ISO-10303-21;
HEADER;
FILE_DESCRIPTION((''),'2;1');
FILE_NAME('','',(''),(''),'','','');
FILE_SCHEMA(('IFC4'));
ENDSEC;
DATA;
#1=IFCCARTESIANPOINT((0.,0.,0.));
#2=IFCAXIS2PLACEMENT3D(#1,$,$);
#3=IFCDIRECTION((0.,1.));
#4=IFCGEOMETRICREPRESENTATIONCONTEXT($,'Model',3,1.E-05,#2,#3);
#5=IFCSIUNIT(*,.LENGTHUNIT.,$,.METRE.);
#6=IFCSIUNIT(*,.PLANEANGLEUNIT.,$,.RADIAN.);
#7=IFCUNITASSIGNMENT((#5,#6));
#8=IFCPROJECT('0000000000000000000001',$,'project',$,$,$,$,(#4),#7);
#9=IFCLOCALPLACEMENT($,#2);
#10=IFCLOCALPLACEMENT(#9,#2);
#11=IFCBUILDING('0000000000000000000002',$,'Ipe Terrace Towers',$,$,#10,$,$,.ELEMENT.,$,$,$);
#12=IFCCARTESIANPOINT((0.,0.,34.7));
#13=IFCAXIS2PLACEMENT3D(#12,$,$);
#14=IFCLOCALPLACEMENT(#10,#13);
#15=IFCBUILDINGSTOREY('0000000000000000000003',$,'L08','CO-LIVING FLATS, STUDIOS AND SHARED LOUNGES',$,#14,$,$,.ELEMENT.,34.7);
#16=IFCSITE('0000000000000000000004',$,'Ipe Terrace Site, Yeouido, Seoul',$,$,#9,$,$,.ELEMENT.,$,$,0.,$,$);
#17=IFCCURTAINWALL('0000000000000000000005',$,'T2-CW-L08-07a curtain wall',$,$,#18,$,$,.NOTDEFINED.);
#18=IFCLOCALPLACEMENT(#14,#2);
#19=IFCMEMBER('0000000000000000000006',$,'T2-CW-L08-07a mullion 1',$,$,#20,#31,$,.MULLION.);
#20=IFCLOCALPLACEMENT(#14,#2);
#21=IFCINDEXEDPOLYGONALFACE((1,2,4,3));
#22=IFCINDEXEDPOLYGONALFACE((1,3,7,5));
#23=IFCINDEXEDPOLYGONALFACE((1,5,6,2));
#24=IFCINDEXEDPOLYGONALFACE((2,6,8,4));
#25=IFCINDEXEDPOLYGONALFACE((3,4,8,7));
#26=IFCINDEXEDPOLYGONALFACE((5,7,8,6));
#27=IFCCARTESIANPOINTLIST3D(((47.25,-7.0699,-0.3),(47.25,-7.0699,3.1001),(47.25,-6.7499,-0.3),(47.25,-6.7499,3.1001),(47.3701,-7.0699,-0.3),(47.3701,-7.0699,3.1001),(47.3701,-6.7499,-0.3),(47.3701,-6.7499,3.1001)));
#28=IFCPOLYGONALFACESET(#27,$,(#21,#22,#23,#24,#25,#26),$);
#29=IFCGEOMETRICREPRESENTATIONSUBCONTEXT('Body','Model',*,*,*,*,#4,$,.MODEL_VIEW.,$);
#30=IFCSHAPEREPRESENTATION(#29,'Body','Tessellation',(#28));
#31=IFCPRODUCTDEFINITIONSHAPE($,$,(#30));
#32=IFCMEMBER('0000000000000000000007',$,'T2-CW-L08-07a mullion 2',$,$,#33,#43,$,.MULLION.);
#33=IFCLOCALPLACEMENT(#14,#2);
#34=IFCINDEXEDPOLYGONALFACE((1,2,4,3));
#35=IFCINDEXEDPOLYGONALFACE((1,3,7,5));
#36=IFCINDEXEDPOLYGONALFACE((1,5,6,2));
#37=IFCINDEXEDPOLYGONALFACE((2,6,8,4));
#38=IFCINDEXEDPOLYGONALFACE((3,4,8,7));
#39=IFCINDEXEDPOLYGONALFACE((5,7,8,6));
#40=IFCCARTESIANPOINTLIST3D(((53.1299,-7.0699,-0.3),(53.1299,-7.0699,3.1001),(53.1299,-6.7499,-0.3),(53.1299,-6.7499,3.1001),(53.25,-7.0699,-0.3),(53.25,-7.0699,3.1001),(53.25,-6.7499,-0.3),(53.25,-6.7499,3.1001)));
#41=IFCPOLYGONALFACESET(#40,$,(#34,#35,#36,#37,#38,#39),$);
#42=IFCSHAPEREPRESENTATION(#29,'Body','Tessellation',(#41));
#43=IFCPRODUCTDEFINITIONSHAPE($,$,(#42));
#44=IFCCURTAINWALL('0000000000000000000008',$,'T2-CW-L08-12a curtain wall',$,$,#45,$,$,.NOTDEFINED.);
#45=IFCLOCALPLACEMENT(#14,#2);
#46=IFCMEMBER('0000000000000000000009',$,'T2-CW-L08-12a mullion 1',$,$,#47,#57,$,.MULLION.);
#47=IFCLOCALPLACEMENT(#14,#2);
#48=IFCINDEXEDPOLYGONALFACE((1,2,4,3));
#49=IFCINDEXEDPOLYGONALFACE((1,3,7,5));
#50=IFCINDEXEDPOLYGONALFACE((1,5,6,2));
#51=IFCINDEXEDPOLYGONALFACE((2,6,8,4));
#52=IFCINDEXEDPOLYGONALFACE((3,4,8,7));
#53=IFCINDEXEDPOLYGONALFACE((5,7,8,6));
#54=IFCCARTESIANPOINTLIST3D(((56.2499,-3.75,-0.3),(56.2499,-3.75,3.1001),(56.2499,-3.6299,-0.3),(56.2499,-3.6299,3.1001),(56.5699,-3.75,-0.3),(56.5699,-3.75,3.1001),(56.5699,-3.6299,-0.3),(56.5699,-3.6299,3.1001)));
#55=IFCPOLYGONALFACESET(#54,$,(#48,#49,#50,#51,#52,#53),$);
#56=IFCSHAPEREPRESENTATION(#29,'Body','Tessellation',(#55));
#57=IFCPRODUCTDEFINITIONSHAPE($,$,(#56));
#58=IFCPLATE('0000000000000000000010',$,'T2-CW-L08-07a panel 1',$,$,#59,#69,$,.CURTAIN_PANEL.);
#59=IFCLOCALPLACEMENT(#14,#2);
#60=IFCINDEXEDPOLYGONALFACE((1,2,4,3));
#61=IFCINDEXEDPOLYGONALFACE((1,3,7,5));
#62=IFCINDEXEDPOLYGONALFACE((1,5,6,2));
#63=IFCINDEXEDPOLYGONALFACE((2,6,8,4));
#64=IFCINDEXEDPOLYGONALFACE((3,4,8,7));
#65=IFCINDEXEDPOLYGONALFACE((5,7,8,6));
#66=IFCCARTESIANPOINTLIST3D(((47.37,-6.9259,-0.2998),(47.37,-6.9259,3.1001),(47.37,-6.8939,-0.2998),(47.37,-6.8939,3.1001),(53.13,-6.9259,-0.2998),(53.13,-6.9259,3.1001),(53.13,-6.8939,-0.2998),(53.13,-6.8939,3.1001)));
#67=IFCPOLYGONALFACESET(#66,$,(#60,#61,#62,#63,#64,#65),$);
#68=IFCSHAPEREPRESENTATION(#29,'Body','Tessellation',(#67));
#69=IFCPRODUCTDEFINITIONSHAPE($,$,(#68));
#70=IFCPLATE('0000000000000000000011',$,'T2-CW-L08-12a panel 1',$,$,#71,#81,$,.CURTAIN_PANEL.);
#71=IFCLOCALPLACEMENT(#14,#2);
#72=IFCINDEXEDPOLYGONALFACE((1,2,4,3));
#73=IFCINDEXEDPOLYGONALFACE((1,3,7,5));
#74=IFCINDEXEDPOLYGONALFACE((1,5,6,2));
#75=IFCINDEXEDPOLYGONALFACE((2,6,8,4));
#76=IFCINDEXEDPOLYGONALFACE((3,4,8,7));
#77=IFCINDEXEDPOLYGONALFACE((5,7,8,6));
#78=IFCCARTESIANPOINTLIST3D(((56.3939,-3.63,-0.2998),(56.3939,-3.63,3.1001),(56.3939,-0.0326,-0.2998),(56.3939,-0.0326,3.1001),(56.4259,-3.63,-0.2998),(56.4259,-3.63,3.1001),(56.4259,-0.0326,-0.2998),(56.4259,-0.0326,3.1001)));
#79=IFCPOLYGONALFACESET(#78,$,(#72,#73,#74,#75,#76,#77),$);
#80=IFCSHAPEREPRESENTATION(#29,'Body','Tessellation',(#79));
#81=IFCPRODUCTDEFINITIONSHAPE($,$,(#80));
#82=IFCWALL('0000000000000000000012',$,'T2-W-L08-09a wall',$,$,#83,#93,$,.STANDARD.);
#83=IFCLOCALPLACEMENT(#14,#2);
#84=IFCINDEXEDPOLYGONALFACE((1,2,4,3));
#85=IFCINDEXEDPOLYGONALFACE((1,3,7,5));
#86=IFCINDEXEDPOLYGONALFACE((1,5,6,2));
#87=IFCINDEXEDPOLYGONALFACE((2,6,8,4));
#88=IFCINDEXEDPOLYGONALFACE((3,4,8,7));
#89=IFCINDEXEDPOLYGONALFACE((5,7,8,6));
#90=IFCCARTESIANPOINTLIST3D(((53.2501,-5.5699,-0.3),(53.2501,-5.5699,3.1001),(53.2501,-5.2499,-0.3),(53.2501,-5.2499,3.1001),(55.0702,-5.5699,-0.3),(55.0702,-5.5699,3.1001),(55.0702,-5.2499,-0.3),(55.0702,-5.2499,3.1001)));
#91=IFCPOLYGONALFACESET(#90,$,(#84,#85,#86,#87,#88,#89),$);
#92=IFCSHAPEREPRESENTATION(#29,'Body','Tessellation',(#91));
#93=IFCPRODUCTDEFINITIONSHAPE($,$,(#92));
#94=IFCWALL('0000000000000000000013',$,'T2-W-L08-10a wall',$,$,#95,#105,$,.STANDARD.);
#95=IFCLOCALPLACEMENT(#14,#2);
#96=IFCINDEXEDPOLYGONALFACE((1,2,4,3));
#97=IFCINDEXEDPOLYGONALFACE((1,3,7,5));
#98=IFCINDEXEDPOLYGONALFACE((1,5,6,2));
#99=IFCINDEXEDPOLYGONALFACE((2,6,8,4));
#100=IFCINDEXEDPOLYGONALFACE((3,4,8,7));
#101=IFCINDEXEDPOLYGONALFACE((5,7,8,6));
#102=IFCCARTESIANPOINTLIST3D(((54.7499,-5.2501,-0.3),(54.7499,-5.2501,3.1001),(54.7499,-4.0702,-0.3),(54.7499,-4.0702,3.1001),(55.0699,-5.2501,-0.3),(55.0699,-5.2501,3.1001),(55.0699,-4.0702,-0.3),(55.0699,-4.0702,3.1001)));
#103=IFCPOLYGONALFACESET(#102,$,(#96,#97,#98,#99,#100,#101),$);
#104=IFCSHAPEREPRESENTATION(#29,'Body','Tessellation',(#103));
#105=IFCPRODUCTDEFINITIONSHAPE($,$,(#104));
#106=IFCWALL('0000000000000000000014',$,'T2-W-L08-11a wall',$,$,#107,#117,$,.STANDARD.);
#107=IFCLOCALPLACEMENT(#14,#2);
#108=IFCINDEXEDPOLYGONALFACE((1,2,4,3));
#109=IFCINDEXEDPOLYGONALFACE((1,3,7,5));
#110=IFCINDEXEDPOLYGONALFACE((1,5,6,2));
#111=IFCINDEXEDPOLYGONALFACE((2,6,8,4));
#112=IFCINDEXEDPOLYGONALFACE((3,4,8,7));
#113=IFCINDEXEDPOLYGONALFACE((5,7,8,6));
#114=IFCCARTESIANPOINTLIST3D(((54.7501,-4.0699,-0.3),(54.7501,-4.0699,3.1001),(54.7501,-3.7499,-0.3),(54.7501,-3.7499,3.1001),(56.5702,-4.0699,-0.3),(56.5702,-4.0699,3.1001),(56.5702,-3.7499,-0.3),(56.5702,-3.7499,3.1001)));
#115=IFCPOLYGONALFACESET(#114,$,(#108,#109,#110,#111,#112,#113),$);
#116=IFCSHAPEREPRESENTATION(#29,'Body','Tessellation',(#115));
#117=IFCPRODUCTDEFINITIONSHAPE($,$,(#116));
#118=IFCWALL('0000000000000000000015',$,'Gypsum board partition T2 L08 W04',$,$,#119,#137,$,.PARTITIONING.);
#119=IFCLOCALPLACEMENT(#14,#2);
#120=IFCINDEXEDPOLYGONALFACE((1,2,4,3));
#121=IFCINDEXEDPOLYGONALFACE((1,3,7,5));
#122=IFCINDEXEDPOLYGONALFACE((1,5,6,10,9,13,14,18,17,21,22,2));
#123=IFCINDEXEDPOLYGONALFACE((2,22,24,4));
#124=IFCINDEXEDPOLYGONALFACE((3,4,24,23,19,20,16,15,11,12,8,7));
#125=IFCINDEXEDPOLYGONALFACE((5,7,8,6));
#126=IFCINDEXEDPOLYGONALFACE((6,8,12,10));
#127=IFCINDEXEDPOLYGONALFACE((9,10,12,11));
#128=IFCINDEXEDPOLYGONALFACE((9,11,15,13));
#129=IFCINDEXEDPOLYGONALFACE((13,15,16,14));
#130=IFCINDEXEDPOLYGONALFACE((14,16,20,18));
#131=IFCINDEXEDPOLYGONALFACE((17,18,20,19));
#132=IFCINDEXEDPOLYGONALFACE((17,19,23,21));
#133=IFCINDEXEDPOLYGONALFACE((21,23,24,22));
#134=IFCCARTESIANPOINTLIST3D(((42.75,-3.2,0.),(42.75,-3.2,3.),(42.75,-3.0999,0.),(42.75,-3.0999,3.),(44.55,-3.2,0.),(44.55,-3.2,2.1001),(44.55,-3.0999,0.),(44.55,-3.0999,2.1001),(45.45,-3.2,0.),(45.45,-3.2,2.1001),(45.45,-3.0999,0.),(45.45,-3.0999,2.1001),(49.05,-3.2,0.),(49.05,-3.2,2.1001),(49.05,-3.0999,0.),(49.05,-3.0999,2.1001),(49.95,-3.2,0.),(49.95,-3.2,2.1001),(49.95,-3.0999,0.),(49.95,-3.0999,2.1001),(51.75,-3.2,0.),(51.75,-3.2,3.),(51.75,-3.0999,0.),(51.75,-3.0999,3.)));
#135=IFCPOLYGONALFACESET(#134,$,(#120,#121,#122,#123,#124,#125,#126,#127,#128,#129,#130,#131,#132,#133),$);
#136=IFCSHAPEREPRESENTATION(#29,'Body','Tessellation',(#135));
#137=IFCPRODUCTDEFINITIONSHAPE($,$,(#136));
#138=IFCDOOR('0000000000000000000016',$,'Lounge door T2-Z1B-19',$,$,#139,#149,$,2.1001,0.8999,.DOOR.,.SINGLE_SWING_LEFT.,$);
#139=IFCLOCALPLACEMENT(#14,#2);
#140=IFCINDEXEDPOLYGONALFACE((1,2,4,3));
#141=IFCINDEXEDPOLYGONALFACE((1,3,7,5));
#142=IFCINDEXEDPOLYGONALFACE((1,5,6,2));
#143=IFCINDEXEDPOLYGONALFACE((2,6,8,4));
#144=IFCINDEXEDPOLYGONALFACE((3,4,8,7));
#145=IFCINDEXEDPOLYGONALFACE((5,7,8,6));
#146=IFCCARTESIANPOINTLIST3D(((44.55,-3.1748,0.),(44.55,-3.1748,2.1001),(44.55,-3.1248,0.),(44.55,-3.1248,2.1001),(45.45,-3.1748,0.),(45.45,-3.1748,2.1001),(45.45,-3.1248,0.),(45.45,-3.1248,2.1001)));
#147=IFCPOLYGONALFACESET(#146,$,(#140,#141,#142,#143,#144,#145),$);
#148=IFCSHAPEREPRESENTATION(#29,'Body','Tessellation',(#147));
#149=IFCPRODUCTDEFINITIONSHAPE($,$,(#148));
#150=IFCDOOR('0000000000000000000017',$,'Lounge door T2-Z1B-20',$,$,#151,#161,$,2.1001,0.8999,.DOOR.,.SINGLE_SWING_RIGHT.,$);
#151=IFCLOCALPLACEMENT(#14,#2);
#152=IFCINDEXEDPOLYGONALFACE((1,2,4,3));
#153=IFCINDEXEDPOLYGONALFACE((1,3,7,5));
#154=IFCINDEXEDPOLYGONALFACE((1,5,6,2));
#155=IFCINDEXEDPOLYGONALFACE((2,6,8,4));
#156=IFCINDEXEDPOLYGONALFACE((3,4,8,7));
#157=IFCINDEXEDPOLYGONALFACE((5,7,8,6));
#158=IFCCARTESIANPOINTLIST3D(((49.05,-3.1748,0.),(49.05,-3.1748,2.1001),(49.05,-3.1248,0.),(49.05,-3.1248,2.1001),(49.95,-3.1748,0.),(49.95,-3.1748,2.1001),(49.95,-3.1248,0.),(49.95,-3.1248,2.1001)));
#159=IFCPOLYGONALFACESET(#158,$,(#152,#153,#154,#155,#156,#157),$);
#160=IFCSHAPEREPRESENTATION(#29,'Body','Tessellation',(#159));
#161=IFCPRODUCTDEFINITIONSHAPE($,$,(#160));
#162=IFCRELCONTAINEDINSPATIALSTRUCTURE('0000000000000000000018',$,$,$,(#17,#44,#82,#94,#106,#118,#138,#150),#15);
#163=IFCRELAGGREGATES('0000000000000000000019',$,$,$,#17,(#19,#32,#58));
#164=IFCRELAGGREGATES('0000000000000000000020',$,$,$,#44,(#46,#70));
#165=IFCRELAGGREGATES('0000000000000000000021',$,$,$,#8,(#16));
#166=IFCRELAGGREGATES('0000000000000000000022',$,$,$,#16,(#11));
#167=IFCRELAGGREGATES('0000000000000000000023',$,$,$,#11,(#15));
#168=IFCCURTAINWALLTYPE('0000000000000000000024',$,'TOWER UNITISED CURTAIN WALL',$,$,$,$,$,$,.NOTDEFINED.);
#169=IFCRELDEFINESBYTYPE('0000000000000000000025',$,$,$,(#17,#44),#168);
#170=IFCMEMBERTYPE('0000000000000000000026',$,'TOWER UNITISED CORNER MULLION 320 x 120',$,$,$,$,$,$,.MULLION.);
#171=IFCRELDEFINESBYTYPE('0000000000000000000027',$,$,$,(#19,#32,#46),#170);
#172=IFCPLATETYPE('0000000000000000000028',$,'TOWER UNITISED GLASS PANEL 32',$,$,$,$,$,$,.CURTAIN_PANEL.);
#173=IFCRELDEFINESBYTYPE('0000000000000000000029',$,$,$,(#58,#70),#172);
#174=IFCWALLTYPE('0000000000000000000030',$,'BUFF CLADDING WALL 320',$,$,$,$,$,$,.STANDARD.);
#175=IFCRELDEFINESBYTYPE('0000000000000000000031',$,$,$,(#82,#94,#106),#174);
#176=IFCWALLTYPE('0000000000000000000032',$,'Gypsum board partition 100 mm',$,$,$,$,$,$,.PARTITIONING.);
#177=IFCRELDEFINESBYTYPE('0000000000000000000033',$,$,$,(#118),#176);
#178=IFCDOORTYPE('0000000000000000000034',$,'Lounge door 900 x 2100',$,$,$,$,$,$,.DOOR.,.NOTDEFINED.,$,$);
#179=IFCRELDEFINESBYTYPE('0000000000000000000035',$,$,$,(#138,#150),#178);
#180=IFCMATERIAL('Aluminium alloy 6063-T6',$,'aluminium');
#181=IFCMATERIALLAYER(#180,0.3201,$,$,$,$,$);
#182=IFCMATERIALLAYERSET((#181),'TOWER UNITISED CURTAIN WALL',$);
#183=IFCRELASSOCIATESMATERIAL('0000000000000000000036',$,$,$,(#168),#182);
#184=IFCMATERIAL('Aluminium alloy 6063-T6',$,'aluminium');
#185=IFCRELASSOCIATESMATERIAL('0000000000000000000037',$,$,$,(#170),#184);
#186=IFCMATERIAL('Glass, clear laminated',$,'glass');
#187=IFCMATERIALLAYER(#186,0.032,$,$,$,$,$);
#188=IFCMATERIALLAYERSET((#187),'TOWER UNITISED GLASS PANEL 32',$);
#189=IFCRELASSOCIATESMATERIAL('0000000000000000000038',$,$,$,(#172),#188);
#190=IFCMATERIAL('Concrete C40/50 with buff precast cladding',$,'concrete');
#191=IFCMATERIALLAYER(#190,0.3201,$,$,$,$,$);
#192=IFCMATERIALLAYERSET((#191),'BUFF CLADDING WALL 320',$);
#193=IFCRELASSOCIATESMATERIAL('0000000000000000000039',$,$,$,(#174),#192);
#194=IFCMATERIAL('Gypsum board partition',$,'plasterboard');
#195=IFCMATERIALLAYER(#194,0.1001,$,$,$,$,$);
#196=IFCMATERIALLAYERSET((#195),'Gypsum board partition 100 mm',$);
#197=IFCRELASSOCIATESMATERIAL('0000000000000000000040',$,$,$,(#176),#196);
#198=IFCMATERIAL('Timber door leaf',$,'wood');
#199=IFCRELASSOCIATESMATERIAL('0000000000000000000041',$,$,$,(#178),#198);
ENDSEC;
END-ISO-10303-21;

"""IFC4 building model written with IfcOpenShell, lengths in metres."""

from ifc_helpers import new_model, si_unit, direction, frame, frame_2d, origin, origin_2d, place, context, subcontext, project, spatial, rectangle, extrude, material, layer, layer_set, material_profile, profile_set, type_object, element, fill, aggregate, save


model = new_model("IFC4")

# Units and contexts
model_context = context("Model", 3, precision=1e-05, world=origin(), true_north=direction((0.0, 1.0)))
body_context = subcontext(model_context, "Body", "Model", "MODEL_VIEW")
ifc_project = project(units=[si_unit("LENGTHUNIT", "METRE"), si_unit("PLANEANGLEUNIT", "RADIAN")], contexts=[model_context])

# Site, building, storey
site_placement = place(None, origin())
site = spatial("IfcSite", under=ifc_project, at=site_placement, Name="Ipe Terrace Site, Yeouido, Seoul", CompositionType="ELEMENT", RefElevation=0.0)
building_placement = place(site_placement, origin())
building = spatial("IfcBuilding", under=site, at=building_placement, Name="Ipe Terrace Towers", CompositionType="ELEMENT")
storey_placement = place(building_placement, frame((0.0, 0.0, 34.7)))
storey = spatial("IfcBuildingStorey", under=building, at=storey_placement, Name="L08", Description="CO-LIVING FLATS, STUDIOS AND SHARED LOUNGES", CompositionType="ELEMENT", Elevation=34.7)

# Curtain wall, members
ifc_material_1 = material(Name="Aluminium alloy 6063-T6", Category="aluminium")
ifc_layer_1 = layer(ifc_material_1, 0.3201)
ifc_layer_set_1 = layer_set([ifc_layer_1], Name="TOWER UNITISED CURTAIN WALL")
curtain_wall_type = type_object("IfcCurtainWallType", Name="TOWER UNITISED CURTAIN WALL", PredefinedType="NOTDEFINED", material=ifc_layer_set_1)
curtain_wall_1_placement = place(storey_placement, origin())
curtain_wall_1 = element("IfcCurtainWall", 1, at=curtain_wall_1_placement, inside=storey, type_object=curtain_wall_type, Name="T2-CW-L08-07a curtain wall", PredefinedType="NOTDEFINED")
ifc_material_2 = material(Name="Aluminium alloy 6063-T6", Category="aluminium")
ifc_material_profile_1 = material_profile(ifc_material_2, rectangle(XDim=0.3201, YDim=0.1201, at=origin_2d()), Name="TOWER UNITISED CORNER MULLION 320 x 120")
ifc_profile_set_1 = profile_set([ifc_material_profile_1], Name="Aluminium alloy 6063-T6")
member_type = type_object("IfcMemberType", Name="TOWER UNITISED CORNER MULLION 320 x 120", PredefinedType="MULLION", material=ifc_profile_set_1)
member_1_placement = place(storey_placement, frame((47.3101, -6.9099, -0.3), z_axis=(0.0, 0.0, 1.0), x_axis=(0.0, -1.0, 0.0)))
member_1 = element("IfcMember", 2, at=member_1_placement, type_object=member_type, Name="T2-CW-L08-07a mullion 1", PredefinedType="MULLION", context=body_context, shape_type="SweptSolid", body=[
    extrude(rectangle(XDim=0.3201, YDim=0.1201, at=origin_2d()), origin(), (0.0, 0.0, 1.0), 3.4001),
])
member_2_placement = place(storey_placement, frame((53.1899, -6.9099, -0.3), z_axis=(0.0, 0.0, 1.0), x_axis=(0.0, -1.0, 0.0)))
member_2 = element("IfcMember", 3, at=member_2_placement, type_object=member_type, Name="T2-CW-L08-07a mullion 2", PredefinedType="MULLION", context=body_context, shape_type="SweptSolid", body=[
    extrude(rectangle(XDim=0.3201, YDim=0.1201, at=origin_2d()), origin(), (0.0, 0.0, 1.0), 3.4001),
])

# Curtain wall, member
curtain_wall_2_placement = place(storey_placement, origin())
curtain_wall_2 = element("IfcCurtainWall", 4, at=curtain_wall_2_placement, inside=storey, type_object=curtain_wall_type, Name="T2-CW-L08-12a curtain wall", PredefinedType="NOTDEFINED")
member_3_placement = place(storey_placement, frame((56.4099, -3.6899, -0.3), z_axis=(0.0, 0.0, 1.0), x_axis=(1.0, 0.0, 0.0)))
member_3 = element("IfcMember", 5, at=member_3_placement, type_object=member_type, Name="T2-CW-L08-12a mullion 1", PredefinedType="MULLION", context=body_context, shape_type="SweptSolid", body=[
    extrude(rectangle(XDim=0.3201, YDim=0.1201, at=origin_2d()), origin(), (0.0, 0.0, 1.0), 3.4001),
])

# Plates
ifc_material_3 = material(Name="Glass, clear laminated", Category="glass")
ifc_layer_2 = layer(ifc_material_3, 0.032)
ifc_layer_set_2 = layer_set([ifc_layer_2], Name="TOWER UNITISED GLASS PANEL 32")
plate_type = type_object("IfcPlateType", Name="TOWER UNITISED GLASS PANEL 32", PredefinedType="CURTAIN_PANEL", material=ifc_layer_set_2)
plate_1_placement = place(storey_placement, frame((50.25, -6.9099, -0.2998), z_axis=(0.0, 0.0, 1.0), x_axis=(1.0, 0.0, 0.0)))
plate_1 = element("IfcPlate", 6, at=plate_1_placement, type_object=plate_type, Name="T2-CW-L08-07a panel 1", PredefinedType="CURTAIN_PANEL", context=body_context, shape_type="SweptSolid", body=[
    extrude(rectangle(XDim=5.76, YDim=0.032, at=origin_2d()), origin(), (0.0, 0.0, 1.0), 3.3999),
])
aggregate(curtain_wall_1, [member_1, member_2, plate_1])
plate_2_placement = place(storey_placement, frame((56.4099, -1.8313, -0.2998), z_axis=(0.0, 0.0, 1.0), x_axis=(0.0, 1.0, 0.0)))
plate_2 = element("IfcPlate", 7, at=plate_2_placement, type_object=plate_type, Name="T2-CW-L08-12a panel 1", PredefinedType="CURTAIN_PANEL", context=body_context, shape_type="SweptSolid", body=[
    extrude(rectangle(XDim=3.5974, YDim=0.032, at=origin_2d()), origin(), (0.0, 0.0, 1.0), 3.3999),
])
aggregate(curtain_wall_2, [member_3, plate_2])

# Walls
ifc_material_4 = material(Name="Concrete C40/50 with buff precast cladding", Category="concrete")
ifc_layer_3 = layer(ifc_material_4, 0.3201)
ifc_layer_set_3 = layer_set([ifc_layer_3], Name="BUFF CLADDING WALL 320")
wall_type_1 = type_object("IfcWallType", Name="BUFF CLADDING WALL 320", PredefinedType="STANDARD", material=ifc_layer_set_3)
wall_1_placement = place(storey_placement, frame((53.25, -5.4099, -0.3), z_axis=(0.0, 0.0, 1.0), x_axis=(1.0, 0.0, 0.0)))
element("IfcWall", 8, at=wall_1_placement, inside=storey, type_object=wall_type_1, Name="T2-W-L08-09a wall", PredefinedType="STANDARD", context=body_context, shape_type="SweptSolid", body=[
    extrude(rectangle(XDim=1.8201, YDim=0.3201, at=frame_2d((0.9102, 0.0))), origin(), (0.0, 0.0, 1.0), 3.4001),
])
wall_2_placement = place(storey_placement, frame((54.9099, -5.25, -0.3), z_axis=(0.0, 0.0, 1.0), x_axis=(0.0, 1.0, 0.0)))
element("IfcWall", 9, at=wall_2_placement, inside=storey, type_object=wall_type_1, Name="T2-W-L08-10a wall", PredefinedType="STANDARD", context=body_context, shape_type="SweptSolid", body=[
    extrude(rectangle(XDim=1.1799, YDim=0.3201, at=frame_2d((0.5898, 0.0))), origin(), (0.0, 0.0, 1.0), 3.4001),
])
wall_3_placement = place(storey_placement, frame((54.75, -3.9099, -0.3), z_axis=(0.0, 0.0, 1.0), x_axis=(1.0, 0.0, 0.0)))
element("IfcWall", 10, at=wall_3_placement, inside=storey, type_object=wall_type_1, Name="T2-W-L08-11a wall", PredefinedType="STANDARD", context=body_context, shape_type="SweptSolid", body=[
    extrude(rectangle(XDim=1.8201, YDim=0.3201, at=frame_2d((0.9102, 0.0))), origin(), (0.0, 0.0, 1.0), 3.4001),
])

# Wall, openings, doors
ifc_material_5 = material(Name="Gypsum board partition", Category="plasterboard")
ifc_layer_4 = layer(ifc_material_5, 0.1001)
ifc_layer_set_4 = layer_set([ifc_layer_4], Name="Gypsum board partition 100 mm")
wall_type_2 = type_object("IfcWallType", Name="Gypsum board partition 100 mm", PredefinedType="PARTITIONING", material=ifc_layer_set_4)
wall_4_placement = place(storey_placement, frame((51.75, -3.1499, 0.0), z_axis=(0.0, 0.0, 1.0), x_axis=(-1.0, 0.0, 0.0)))
wall_4 = element("IfcWall", 11, at=wall_4_placement, inside=storey, type_object=wall_type_2, Name="Gypsum board partition T2 L08 W04", PredefinedType="PARTITIONING", context=body_context, shape_type="SweptSolid", body=[
    extrude(rectangle(XDim=9.0, YDim=0.1001, at=frame_2d((4.5, 0.0))), origin(), (0.0, 0.0, 1.0), 3.0),
])
opening_1_placement = place(wall_4_placement, frame((6.3, 0.0, 0.0)))
opening_1 = element("IfcOpeningElement", 12, at=opening_1_placement, cuts=wall_4, PredefinedType="OPENING", context=body_context, shape_type="SweptSolid", body=[
    extrude(rectangle(XDim=0.8999, YDim=2.1001, at=frame_2d((0.45, 1.05))), frame((0.0, 0.0601, 0.0), z_axis=(0.0, -1.0, 0.0), x_axis=(1.0, 0.0, 0.0)), (0.0, 0.0, 1.0), 0.1201),
])
opening_2_placement = place(wall_4_placement, frame((1.8, 0.0, 0.0)))
opening_2 = element("IfcOpeningElement", 13, at=opening_2_placement, cuts=wall_4, PredefinedType="OPENING", context=body_context, shape_type="SweptSolid", body=[
    extrude(rectangle(XDim=0.8999, YDim=2.1001, at=frame_2d((0.45, 1.05))), frame((0.0, 0.0601, 0.0), z_axis=(0.0, -1.0, 0.0), x_axis=(1.0, 0.0, 0.0)), (0.0, 0.0, 1.0), 0.1201),
])
ifc_material_6 = material(Name="Timber door leaf", Category="wood")
door_type_1 = type_object("IfcDoorType", Name="Lounge door 900 x 2100", OperationType="NOTDEFINED", PredefinedType="DOOR", material=ifc_material_6)
door_1_placement = place(opening_1_placement, origin())
door_1 = element("IfcDoor", 14, at=door_1_placement, inside=storey, type_object=door_type_1, Name="Lounge door T2-Z1B-19", OperationType="SINGLE_SWING_LEFT", OverallHeight=2.1001, OverallWidth=0.8999, PredefinedType="DOOR", context=body_context, shape_type="SweptSolid", body=[
    extrude(rectangle(XDim=0.8999, YDim=2.1001, at=frame_2d((0.45, 1.05))), frame((0.0, 0.0249, 0.0), z_axis=(0.0, -1.0, 0.0), x_axis=(1.0, 0.0, 0.0)), (0.0, 0.0, 1.0), 0.05),
])
fill(opening_1, door_1)
door_2_placement = place(opening_2_placement, origin())
door_2 = element("IfcDoor", 15, at=door_2_placement, inside=storey, type_object=door_type_1, Name="Lounge door T2-Z1B-20", OperationType="SINGLE_SWING_RIGHT", OverallHeight=2.1001, OverallWidth=0.8999, PredefinedType="DOOR", context=body_context, shape_type="SweptSolid", body=[
    extrude(rectangle(XDim=0.8999, YDim=2.1001, at=frame_2d((0.45, 1.05))), frame((0.0, 0.0249, 0.0), z_axis=(0.0, -1.0, 0.0), x_axis=(1.0, 0.0, 0.0)), (0.0, 0.0, 1.0), 0.05),
])
fill(opening_2, door_2)

save(model, "model.ifc")
